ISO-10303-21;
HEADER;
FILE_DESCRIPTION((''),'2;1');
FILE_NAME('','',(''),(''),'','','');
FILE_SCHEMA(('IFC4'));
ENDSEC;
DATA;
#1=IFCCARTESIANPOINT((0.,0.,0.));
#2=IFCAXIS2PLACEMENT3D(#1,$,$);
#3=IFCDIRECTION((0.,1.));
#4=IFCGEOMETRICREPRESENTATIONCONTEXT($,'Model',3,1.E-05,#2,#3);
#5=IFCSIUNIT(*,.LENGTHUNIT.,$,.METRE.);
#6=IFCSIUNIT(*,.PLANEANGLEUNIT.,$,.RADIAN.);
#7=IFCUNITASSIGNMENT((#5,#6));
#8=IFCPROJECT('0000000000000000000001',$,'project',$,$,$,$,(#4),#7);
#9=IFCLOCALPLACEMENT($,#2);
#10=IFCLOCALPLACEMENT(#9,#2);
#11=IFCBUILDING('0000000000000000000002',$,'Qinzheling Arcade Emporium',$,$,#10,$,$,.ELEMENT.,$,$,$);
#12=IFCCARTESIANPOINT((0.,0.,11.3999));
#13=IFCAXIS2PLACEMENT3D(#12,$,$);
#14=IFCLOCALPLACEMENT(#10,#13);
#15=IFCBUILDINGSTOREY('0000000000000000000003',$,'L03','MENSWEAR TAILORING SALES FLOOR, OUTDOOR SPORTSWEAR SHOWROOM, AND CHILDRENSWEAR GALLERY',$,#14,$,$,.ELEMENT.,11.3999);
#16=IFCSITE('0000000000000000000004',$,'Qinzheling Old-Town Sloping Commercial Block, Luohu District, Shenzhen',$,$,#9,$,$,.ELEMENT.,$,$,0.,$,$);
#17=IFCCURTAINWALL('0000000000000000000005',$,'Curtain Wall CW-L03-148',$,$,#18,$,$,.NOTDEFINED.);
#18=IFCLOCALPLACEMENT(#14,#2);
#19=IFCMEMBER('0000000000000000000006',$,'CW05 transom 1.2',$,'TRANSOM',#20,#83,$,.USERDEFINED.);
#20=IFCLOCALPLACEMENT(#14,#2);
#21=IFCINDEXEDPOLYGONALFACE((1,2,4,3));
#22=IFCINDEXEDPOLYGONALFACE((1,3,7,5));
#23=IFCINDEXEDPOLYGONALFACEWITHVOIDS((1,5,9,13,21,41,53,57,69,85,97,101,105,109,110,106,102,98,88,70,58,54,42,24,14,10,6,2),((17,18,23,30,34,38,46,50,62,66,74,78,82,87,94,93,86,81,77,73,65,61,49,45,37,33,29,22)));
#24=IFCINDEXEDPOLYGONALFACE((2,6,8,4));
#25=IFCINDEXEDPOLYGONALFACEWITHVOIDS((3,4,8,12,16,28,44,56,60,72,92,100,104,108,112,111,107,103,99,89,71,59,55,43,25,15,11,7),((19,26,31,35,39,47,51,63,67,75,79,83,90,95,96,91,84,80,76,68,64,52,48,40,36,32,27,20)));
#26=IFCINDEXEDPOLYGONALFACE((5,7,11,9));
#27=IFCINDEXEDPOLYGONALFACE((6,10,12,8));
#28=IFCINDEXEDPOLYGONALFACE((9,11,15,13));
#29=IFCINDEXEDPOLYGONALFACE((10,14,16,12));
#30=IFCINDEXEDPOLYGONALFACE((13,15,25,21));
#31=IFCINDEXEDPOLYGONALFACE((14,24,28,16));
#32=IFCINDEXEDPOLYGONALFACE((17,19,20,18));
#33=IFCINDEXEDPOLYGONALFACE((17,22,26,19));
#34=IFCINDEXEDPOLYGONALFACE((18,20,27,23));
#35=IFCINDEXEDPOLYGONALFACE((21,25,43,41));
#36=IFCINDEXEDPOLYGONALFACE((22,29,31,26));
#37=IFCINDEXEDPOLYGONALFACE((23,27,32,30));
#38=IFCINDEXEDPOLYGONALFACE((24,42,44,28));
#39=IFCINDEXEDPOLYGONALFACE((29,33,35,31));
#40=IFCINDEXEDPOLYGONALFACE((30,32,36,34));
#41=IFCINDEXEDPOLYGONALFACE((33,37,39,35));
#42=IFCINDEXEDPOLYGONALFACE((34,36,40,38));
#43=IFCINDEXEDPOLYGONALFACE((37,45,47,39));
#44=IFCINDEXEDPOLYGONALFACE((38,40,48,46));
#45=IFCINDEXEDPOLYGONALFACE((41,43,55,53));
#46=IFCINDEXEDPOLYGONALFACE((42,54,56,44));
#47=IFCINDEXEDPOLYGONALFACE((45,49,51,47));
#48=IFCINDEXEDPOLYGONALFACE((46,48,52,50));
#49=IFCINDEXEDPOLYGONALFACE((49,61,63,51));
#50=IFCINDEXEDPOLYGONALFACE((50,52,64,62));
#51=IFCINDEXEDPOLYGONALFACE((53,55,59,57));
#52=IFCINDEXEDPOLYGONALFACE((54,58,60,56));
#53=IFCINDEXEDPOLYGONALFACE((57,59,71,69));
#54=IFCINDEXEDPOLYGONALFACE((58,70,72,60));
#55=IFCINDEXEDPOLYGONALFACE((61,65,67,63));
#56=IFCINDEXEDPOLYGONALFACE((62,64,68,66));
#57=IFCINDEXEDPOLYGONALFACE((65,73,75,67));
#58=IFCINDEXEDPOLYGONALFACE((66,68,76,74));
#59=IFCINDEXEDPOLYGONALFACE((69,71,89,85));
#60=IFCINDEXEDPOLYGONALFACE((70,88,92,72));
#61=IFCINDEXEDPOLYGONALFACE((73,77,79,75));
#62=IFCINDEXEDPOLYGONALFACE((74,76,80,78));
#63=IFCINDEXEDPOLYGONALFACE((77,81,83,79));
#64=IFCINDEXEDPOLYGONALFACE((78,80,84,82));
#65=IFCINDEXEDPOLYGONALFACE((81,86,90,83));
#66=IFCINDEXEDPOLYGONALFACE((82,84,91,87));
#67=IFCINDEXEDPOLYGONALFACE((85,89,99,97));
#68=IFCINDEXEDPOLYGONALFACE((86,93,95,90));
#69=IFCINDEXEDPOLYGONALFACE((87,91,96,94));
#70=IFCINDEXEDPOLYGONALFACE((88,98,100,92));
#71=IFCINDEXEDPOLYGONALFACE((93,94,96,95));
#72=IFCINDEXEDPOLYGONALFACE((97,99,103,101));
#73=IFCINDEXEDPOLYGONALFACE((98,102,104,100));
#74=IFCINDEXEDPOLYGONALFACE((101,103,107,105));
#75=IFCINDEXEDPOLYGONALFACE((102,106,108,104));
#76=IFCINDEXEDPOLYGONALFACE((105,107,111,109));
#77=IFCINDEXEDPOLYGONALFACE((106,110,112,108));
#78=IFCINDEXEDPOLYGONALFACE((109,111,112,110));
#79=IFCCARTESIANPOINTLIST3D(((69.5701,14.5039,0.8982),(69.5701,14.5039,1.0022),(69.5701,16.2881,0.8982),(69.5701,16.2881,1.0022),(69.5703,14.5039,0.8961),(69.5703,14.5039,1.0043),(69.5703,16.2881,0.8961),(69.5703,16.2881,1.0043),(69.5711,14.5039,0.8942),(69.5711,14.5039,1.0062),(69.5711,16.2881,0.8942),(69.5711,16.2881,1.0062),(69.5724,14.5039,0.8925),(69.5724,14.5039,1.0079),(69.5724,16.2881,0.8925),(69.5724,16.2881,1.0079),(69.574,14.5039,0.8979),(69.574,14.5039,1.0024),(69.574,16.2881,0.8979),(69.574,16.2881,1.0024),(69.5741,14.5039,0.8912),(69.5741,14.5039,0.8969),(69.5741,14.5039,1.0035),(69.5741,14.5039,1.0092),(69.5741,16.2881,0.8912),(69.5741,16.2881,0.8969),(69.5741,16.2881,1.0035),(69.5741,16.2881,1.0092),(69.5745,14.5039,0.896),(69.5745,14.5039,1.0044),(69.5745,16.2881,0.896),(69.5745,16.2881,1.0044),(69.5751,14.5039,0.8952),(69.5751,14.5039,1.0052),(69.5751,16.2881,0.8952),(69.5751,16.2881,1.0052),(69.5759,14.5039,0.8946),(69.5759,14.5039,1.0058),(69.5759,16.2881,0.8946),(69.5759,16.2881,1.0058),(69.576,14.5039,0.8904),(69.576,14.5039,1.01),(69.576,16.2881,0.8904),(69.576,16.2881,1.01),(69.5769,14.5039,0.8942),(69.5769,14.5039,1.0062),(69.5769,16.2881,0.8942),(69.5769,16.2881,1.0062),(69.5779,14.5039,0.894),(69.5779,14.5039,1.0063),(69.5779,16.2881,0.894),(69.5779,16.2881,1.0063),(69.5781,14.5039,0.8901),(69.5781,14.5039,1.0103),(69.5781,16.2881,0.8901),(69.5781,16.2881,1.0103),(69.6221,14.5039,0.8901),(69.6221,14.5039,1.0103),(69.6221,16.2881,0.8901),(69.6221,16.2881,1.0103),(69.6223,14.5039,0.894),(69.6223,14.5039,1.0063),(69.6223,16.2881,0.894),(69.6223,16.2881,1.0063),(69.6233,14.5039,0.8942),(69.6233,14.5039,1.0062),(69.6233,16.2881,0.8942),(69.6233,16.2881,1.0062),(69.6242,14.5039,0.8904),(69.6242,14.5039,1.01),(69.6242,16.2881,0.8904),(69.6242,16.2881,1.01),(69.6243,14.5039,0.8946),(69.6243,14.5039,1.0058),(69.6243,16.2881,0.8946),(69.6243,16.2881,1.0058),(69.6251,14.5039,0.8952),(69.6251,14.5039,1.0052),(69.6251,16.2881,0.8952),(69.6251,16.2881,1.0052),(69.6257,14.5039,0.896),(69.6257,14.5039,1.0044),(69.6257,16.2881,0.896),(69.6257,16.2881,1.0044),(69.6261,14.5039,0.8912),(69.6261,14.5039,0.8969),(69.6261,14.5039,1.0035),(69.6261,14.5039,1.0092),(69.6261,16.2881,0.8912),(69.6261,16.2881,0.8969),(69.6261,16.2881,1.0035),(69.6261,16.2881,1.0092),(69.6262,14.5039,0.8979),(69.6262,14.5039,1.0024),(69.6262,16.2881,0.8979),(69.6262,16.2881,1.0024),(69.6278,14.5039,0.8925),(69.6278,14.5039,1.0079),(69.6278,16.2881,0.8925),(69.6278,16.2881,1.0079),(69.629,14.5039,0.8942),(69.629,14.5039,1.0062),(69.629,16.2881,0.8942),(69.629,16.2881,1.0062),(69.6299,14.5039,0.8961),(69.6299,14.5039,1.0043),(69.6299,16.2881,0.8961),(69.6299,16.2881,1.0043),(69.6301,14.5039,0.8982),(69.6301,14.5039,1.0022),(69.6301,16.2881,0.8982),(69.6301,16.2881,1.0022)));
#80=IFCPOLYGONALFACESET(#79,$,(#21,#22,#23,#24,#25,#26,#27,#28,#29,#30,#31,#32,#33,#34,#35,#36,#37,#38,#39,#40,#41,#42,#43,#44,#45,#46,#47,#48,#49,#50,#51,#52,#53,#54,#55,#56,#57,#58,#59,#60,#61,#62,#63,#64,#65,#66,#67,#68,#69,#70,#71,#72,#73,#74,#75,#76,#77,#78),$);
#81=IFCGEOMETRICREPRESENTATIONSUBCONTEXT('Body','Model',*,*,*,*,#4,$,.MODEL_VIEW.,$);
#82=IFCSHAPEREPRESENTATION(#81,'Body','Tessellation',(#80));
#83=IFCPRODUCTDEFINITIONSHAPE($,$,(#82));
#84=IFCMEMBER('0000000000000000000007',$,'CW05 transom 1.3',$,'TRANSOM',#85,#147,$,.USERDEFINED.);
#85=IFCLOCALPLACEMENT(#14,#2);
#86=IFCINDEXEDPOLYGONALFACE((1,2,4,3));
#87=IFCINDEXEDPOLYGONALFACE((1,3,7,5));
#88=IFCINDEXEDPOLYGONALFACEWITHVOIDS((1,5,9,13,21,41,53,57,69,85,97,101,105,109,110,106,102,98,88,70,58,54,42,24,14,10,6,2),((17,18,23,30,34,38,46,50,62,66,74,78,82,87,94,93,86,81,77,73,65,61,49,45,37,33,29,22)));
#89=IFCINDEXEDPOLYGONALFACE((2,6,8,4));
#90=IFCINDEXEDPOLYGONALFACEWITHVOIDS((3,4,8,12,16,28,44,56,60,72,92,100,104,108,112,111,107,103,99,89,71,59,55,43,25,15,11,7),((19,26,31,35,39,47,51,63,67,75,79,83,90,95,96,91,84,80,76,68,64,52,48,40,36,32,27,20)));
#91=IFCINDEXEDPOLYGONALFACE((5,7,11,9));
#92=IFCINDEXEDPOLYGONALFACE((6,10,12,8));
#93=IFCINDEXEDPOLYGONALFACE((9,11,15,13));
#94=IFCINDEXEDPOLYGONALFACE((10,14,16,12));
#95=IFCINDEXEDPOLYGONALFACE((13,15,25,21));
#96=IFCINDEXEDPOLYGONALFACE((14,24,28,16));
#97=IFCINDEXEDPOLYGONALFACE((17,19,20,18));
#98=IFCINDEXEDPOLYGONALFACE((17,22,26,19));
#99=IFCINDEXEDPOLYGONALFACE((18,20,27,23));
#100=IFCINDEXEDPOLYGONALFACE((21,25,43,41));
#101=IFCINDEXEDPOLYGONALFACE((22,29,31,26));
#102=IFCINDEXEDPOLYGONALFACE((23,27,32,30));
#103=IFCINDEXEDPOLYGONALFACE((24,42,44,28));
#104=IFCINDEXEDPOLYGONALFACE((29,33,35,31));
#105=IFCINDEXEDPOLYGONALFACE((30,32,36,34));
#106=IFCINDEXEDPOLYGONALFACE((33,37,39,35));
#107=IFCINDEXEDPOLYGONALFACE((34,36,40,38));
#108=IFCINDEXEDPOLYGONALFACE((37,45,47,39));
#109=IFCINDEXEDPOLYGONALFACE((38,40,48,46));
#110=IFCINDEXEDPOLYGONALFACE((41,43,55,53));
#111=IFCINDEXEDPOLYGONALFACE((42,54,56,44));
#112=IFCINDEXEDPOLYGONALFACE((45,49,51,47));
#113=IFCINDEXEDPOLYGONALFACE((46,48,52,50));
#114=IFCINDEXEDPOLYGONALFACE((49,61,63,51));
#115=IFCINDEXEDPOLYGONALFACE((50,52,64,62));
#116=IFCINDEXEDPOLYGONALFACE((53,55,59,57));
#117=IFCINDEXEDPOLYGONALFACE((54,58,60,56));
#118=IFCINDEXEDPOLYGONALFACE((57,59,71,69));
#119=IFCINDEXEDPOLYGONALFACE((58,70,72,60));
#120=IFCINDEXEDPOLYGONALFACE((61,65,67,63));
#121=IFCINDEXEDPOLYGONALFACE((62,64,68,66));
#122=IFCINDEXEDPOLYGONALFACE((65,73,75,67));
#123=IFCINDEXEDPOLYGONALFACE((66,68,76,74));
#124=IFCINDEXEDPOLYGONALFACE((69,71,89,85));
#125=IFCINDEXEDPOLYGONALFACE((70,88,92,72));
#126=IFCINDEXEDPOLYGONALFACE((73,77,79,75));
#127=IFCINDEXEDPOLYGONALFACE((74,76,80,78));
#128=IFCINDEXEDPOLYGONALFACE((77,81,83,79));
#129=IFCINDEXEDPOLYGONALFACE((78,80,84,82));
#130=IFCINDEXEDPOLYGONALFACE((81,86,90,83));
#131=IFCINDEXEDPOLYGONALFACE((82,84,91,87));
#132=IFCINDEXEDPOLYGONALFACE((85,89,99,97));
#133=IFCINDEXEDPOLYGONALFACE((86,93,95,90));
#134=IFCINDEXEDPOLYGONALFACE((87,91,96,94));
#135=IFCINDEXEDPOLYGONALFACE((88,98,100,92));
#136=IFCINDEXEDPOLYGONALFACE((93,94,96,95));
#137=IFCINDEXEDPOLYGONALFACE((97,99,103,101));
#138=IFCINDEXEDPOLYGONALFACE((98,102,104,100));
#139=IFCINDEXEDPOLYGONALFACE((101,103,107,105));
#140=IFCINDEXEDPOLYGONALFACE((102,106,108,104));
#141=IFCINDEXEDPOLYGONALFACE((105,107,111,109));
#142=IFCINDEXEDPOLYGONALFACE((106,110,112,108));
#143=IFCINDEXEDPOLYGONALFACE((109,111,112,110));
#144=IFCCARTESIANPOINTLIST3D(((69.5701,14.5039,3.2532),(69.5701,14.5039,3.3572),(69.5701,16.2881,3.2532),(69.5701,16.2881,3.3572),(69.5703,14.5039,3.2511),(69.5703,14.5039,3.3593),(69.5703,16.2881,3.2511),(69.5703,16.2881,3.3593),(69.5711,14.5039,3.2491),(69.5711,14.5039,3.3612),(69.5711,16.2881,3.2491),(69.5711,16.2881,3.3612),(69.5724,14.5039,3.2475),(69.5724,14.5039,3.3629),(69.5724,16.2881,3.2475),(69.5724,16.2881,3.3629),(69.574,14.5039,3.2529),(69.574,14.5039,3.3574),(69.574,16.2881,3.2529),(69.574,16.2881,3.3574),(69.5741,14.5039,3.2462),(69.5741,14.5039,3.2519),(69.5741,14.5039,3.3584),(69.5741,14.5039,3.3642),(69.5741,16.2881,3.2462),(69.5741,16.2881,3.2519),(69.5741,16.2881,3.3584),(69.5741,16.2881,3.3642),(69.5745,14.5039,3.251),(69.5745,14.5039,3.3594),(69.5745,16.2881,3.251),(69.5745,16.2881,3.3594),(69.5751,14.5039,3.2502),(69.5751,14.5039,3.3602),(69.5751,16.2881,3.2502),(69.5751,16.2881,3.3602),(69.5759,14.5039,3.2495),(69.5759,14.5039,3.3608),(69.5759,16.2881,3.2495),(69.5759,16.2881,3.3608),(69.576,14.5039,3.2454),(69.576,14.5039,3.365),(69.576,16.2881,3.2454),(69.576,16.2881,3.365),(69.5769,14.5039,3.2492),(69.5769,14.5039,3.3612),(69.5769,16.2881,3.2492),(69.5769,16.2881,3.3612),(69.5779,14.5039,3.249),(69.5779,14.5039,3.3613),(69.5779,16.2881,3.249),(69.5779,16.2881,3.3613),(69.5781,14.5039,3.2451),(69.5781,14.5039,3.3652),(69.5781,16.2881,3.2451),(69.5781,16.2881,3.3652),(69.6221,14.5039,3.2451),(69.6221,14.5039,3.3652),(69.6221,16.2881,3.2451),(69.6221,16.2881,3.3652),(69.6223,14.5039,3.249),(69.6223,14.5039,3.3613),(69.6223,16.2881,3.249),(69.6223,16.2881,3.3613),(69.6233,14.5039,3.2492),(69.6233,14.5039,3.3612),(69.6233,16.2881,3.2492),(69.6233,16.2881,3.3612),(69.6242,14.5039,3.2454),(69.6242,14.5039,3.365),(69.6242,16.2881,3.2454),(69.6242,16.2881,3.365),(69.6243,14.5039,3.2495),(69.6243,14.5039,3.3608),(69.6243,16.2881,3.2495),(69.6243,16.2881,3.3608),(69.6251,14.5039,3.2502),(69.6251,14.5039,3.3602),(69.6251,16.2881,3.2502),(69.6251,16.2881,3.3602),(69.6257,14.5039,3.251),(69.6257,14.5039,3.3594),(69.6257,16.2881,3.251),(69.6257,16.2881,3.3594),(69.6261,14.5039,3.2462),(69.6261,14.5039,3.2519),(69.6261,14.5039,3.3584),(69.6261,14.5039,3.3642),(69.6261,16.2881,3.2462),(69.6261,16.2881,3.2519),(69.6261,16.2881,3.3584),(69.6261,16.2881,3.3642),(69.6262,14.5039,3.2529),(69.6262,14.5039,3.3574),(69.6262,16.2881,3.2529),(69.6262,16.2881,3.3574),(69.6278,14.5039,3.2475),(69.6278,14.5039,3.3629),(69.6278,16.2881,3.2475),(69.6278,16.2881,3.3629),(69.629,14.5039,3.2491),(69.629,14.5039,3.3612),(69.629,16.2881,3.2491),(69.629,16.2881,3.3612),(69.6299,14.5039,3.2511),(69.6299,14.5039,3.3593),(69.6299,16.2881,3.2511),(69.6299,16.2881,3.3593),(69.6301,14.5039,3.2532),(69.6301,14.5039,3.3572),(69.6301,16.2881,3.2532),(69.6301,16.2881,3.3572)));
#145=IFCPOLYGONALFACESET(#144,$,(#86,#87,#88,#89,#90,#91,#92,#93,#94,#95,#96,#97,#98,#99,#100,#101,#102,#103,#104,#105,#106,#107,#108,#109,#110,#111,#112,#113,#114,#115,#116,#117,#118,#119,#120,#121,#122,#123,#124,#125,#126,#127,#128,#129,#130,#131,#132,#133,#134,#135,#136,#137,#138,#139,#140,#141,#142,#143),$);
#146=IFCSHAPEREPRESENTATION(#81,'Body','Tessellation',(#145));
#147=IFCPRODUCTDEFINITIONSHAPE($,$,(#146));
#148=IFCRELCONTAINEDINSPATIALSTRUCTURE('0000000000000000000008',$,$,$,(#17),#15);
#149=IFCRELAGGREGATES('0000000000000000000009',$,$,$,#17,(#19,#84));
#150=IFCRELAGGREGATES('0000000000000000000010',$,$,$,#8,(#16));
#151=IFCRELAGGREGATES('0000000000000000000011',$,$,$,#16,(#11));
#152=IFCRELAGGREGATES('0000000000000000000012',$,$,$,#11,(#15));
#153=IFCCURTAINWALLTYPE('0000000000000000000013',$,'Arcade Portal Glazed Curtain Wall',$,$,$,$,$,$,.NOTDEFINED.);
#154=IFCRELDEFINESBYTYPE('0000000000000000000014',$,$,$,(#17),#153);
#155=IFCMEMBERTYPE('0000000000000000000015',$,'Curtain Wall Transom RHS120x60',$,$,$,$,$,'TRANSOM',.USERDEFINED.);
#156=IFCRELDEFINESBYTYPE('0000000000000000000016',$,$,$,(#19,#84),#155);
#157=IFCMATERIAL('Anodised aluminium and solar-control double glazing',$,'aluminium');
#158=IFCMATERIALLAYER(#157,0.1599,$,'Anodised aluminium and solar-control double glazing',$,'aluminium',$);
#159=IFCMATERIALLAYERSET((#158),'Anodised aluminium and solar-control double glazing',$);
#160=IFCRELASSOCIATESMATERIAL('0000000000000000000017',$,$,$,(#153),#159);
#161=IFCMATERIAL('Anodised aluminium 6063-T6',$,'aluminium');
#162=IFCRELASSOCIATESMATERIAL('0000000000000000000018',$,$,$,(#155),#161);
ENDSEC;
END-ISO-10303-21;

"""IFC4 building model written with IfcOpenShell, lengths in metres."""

from ifc_helpers import new_model, si_unit, direction, frame, origin, origin_2d, place, context, subcontext, project, spatial, hollow_rectangle, extrude, material, layer, layer_set, material_profile, profile_set, type_object, element, aggregate, save


model = new_model("IFC4")

# Units and contexts
model_context = context("Model", 3, precision=1e-05, world=origin(), true_north=direction((0.0, 1.0)))
body_context = subcontext(model_context, "Body", "Model", "MODEL_VIEW")
ifc_project = project(units=[si_unit("LENGTHUNIT", "METRE"), si_unit("PLANEANGLEUNIT", "RADIAN")], contexts=[model_context])

# Site, building, storey
site_placement = place(None, origin())
site = spatial("IfcSite", under=ifc_project, at=site_placement, Name="Qinzheling Old-Town Sloping Commercial Block, Luohu District, Shenzhen", CompositionType="ELEMENT", RefElevation=0.0)
building_placement = place(site_placement, origin())
building = spatial("IfcBuilding", under=site, at=building_placement, Name="Qinzheling Arcade Emporium", CompositionType="ELEMENT")
storey_placement = place(building_placement, frame((0.0, 0.0, 11.3999)))
storey = spatial("IfcBuildingStorey", under=building, at=storey_placement, Name="L03", Description="MENSWEAR TAILORING SALES FLOOR, OUTDOOR SPORTSWEAR SHOWROOM, AND CHILDRENSWEAR GALLERY", CompositionType="ELEMENT", Elevation=11.3999)

# Shared definitions
ifc_material_1 = material(Name="Anodised aluminium and solar-control double glazing", Category="aluminium")
ifc_layer_1 = layer(ifc_material_1, 0.1599, Name="Anodised aluminium and solar-control double glazing", Category="aluminium")
ifc_layer_set_1 = layer_set([ifc_layer_1], Name="Anodised aluminium and solar-control double glazing")
curtain_wall_type = type_object("IfcCurtainWallType", Name="Arcade Portal Glazed Curtain Wall", PredefinedType="NOTDEFINED", material=ifc_layer_set_1)
ifc_material_2 = material(Name="Anodised aluminium 6063-T6", Category="aluminium")

# Curtain wall, members
curtain_wall_1_placement = place(storey_placement, origin())
curtain_wall_1 = element("IfcCurtainWall", 1, at=curtain_wall_1_placement, inside=storey, type_object=curtain_wall_type, Name="Curtain Wall CW-L03-148", PredefinedType="NOTDEFINED")
ifc_material_profile_1 = material_profile(ifc_material_2, hollow_rectangle(XDim=0.0601, YDim=0.1201, WallThickness=0.0039, InnerFilletRadius=0.0039, OuterFilletRadius=0.0081, at=origin_2d()), Name="RHS 120x60x4", Category="aluminium")
ifc_profile_set_1 = profile_set([ifc_material_profile_1], Name="Anodised aluminium 6063-T6")
member_type_1 = type_object("IfcMemberType", Name="Curtain Wall Transom RHS120x60", ElementType="TRANSOM", PredefinedType="USERDEFINED", material=ifc_profile_set_1)
member_1_placement = place(storey_placement, frame((69.6001, 16.2881, 0.9502), z_axis=(0.0, -1.0, 0.0), x_axis=(1.0, 0.0, 0.0)))
member_1 = element("IfcMember", 2, at=member_1_placement, type_object=member_type_1, Name="CW05 transom 1.2", ObjectType="TRANSOM", PredefinedType="USERDEFINED", context=body_context, shape_type="SweptSolid", body=[
    extrude(hollow_rectangle(XDim=0.0601, YDim=0.1201, WallThickness=0.0039, InnerFilletRadius=0.0039, OuterFilletRadius=0.0081, at=origin_2d()), origin(), (0.0, 0.0, 1.0), 1.7842),
])
member_2_placement = place(storey_placement, frame((69.6001, 16.2881, 3.3052), z_axis=(0.0, -1.0, 0.0), x_axis=(1.0, 0.0, 0.0)))
member_2 = element("IfcMember", 3, at=member_2_placement, type_object=member_type_1, Name="CW05 transom 1.3", ObjectType="TRANSOM", PredefinedType="USERDEFINED", context=body_context, shape_type="SweptSolid", body=[
    extrude(hollow_rectangle(XDim=0.0601, YDim=0.1201, WallThickness=0.0039, InnerFilletRadius=0.0039, OuterFilletRadius=0.0081, at=origin_2d()), origin(), (0.0, 0.0, 1.0), 1.7842),
])

aggregate(curtain_wall_1, [member_1, member_2])

save(model, "model.ifc")
